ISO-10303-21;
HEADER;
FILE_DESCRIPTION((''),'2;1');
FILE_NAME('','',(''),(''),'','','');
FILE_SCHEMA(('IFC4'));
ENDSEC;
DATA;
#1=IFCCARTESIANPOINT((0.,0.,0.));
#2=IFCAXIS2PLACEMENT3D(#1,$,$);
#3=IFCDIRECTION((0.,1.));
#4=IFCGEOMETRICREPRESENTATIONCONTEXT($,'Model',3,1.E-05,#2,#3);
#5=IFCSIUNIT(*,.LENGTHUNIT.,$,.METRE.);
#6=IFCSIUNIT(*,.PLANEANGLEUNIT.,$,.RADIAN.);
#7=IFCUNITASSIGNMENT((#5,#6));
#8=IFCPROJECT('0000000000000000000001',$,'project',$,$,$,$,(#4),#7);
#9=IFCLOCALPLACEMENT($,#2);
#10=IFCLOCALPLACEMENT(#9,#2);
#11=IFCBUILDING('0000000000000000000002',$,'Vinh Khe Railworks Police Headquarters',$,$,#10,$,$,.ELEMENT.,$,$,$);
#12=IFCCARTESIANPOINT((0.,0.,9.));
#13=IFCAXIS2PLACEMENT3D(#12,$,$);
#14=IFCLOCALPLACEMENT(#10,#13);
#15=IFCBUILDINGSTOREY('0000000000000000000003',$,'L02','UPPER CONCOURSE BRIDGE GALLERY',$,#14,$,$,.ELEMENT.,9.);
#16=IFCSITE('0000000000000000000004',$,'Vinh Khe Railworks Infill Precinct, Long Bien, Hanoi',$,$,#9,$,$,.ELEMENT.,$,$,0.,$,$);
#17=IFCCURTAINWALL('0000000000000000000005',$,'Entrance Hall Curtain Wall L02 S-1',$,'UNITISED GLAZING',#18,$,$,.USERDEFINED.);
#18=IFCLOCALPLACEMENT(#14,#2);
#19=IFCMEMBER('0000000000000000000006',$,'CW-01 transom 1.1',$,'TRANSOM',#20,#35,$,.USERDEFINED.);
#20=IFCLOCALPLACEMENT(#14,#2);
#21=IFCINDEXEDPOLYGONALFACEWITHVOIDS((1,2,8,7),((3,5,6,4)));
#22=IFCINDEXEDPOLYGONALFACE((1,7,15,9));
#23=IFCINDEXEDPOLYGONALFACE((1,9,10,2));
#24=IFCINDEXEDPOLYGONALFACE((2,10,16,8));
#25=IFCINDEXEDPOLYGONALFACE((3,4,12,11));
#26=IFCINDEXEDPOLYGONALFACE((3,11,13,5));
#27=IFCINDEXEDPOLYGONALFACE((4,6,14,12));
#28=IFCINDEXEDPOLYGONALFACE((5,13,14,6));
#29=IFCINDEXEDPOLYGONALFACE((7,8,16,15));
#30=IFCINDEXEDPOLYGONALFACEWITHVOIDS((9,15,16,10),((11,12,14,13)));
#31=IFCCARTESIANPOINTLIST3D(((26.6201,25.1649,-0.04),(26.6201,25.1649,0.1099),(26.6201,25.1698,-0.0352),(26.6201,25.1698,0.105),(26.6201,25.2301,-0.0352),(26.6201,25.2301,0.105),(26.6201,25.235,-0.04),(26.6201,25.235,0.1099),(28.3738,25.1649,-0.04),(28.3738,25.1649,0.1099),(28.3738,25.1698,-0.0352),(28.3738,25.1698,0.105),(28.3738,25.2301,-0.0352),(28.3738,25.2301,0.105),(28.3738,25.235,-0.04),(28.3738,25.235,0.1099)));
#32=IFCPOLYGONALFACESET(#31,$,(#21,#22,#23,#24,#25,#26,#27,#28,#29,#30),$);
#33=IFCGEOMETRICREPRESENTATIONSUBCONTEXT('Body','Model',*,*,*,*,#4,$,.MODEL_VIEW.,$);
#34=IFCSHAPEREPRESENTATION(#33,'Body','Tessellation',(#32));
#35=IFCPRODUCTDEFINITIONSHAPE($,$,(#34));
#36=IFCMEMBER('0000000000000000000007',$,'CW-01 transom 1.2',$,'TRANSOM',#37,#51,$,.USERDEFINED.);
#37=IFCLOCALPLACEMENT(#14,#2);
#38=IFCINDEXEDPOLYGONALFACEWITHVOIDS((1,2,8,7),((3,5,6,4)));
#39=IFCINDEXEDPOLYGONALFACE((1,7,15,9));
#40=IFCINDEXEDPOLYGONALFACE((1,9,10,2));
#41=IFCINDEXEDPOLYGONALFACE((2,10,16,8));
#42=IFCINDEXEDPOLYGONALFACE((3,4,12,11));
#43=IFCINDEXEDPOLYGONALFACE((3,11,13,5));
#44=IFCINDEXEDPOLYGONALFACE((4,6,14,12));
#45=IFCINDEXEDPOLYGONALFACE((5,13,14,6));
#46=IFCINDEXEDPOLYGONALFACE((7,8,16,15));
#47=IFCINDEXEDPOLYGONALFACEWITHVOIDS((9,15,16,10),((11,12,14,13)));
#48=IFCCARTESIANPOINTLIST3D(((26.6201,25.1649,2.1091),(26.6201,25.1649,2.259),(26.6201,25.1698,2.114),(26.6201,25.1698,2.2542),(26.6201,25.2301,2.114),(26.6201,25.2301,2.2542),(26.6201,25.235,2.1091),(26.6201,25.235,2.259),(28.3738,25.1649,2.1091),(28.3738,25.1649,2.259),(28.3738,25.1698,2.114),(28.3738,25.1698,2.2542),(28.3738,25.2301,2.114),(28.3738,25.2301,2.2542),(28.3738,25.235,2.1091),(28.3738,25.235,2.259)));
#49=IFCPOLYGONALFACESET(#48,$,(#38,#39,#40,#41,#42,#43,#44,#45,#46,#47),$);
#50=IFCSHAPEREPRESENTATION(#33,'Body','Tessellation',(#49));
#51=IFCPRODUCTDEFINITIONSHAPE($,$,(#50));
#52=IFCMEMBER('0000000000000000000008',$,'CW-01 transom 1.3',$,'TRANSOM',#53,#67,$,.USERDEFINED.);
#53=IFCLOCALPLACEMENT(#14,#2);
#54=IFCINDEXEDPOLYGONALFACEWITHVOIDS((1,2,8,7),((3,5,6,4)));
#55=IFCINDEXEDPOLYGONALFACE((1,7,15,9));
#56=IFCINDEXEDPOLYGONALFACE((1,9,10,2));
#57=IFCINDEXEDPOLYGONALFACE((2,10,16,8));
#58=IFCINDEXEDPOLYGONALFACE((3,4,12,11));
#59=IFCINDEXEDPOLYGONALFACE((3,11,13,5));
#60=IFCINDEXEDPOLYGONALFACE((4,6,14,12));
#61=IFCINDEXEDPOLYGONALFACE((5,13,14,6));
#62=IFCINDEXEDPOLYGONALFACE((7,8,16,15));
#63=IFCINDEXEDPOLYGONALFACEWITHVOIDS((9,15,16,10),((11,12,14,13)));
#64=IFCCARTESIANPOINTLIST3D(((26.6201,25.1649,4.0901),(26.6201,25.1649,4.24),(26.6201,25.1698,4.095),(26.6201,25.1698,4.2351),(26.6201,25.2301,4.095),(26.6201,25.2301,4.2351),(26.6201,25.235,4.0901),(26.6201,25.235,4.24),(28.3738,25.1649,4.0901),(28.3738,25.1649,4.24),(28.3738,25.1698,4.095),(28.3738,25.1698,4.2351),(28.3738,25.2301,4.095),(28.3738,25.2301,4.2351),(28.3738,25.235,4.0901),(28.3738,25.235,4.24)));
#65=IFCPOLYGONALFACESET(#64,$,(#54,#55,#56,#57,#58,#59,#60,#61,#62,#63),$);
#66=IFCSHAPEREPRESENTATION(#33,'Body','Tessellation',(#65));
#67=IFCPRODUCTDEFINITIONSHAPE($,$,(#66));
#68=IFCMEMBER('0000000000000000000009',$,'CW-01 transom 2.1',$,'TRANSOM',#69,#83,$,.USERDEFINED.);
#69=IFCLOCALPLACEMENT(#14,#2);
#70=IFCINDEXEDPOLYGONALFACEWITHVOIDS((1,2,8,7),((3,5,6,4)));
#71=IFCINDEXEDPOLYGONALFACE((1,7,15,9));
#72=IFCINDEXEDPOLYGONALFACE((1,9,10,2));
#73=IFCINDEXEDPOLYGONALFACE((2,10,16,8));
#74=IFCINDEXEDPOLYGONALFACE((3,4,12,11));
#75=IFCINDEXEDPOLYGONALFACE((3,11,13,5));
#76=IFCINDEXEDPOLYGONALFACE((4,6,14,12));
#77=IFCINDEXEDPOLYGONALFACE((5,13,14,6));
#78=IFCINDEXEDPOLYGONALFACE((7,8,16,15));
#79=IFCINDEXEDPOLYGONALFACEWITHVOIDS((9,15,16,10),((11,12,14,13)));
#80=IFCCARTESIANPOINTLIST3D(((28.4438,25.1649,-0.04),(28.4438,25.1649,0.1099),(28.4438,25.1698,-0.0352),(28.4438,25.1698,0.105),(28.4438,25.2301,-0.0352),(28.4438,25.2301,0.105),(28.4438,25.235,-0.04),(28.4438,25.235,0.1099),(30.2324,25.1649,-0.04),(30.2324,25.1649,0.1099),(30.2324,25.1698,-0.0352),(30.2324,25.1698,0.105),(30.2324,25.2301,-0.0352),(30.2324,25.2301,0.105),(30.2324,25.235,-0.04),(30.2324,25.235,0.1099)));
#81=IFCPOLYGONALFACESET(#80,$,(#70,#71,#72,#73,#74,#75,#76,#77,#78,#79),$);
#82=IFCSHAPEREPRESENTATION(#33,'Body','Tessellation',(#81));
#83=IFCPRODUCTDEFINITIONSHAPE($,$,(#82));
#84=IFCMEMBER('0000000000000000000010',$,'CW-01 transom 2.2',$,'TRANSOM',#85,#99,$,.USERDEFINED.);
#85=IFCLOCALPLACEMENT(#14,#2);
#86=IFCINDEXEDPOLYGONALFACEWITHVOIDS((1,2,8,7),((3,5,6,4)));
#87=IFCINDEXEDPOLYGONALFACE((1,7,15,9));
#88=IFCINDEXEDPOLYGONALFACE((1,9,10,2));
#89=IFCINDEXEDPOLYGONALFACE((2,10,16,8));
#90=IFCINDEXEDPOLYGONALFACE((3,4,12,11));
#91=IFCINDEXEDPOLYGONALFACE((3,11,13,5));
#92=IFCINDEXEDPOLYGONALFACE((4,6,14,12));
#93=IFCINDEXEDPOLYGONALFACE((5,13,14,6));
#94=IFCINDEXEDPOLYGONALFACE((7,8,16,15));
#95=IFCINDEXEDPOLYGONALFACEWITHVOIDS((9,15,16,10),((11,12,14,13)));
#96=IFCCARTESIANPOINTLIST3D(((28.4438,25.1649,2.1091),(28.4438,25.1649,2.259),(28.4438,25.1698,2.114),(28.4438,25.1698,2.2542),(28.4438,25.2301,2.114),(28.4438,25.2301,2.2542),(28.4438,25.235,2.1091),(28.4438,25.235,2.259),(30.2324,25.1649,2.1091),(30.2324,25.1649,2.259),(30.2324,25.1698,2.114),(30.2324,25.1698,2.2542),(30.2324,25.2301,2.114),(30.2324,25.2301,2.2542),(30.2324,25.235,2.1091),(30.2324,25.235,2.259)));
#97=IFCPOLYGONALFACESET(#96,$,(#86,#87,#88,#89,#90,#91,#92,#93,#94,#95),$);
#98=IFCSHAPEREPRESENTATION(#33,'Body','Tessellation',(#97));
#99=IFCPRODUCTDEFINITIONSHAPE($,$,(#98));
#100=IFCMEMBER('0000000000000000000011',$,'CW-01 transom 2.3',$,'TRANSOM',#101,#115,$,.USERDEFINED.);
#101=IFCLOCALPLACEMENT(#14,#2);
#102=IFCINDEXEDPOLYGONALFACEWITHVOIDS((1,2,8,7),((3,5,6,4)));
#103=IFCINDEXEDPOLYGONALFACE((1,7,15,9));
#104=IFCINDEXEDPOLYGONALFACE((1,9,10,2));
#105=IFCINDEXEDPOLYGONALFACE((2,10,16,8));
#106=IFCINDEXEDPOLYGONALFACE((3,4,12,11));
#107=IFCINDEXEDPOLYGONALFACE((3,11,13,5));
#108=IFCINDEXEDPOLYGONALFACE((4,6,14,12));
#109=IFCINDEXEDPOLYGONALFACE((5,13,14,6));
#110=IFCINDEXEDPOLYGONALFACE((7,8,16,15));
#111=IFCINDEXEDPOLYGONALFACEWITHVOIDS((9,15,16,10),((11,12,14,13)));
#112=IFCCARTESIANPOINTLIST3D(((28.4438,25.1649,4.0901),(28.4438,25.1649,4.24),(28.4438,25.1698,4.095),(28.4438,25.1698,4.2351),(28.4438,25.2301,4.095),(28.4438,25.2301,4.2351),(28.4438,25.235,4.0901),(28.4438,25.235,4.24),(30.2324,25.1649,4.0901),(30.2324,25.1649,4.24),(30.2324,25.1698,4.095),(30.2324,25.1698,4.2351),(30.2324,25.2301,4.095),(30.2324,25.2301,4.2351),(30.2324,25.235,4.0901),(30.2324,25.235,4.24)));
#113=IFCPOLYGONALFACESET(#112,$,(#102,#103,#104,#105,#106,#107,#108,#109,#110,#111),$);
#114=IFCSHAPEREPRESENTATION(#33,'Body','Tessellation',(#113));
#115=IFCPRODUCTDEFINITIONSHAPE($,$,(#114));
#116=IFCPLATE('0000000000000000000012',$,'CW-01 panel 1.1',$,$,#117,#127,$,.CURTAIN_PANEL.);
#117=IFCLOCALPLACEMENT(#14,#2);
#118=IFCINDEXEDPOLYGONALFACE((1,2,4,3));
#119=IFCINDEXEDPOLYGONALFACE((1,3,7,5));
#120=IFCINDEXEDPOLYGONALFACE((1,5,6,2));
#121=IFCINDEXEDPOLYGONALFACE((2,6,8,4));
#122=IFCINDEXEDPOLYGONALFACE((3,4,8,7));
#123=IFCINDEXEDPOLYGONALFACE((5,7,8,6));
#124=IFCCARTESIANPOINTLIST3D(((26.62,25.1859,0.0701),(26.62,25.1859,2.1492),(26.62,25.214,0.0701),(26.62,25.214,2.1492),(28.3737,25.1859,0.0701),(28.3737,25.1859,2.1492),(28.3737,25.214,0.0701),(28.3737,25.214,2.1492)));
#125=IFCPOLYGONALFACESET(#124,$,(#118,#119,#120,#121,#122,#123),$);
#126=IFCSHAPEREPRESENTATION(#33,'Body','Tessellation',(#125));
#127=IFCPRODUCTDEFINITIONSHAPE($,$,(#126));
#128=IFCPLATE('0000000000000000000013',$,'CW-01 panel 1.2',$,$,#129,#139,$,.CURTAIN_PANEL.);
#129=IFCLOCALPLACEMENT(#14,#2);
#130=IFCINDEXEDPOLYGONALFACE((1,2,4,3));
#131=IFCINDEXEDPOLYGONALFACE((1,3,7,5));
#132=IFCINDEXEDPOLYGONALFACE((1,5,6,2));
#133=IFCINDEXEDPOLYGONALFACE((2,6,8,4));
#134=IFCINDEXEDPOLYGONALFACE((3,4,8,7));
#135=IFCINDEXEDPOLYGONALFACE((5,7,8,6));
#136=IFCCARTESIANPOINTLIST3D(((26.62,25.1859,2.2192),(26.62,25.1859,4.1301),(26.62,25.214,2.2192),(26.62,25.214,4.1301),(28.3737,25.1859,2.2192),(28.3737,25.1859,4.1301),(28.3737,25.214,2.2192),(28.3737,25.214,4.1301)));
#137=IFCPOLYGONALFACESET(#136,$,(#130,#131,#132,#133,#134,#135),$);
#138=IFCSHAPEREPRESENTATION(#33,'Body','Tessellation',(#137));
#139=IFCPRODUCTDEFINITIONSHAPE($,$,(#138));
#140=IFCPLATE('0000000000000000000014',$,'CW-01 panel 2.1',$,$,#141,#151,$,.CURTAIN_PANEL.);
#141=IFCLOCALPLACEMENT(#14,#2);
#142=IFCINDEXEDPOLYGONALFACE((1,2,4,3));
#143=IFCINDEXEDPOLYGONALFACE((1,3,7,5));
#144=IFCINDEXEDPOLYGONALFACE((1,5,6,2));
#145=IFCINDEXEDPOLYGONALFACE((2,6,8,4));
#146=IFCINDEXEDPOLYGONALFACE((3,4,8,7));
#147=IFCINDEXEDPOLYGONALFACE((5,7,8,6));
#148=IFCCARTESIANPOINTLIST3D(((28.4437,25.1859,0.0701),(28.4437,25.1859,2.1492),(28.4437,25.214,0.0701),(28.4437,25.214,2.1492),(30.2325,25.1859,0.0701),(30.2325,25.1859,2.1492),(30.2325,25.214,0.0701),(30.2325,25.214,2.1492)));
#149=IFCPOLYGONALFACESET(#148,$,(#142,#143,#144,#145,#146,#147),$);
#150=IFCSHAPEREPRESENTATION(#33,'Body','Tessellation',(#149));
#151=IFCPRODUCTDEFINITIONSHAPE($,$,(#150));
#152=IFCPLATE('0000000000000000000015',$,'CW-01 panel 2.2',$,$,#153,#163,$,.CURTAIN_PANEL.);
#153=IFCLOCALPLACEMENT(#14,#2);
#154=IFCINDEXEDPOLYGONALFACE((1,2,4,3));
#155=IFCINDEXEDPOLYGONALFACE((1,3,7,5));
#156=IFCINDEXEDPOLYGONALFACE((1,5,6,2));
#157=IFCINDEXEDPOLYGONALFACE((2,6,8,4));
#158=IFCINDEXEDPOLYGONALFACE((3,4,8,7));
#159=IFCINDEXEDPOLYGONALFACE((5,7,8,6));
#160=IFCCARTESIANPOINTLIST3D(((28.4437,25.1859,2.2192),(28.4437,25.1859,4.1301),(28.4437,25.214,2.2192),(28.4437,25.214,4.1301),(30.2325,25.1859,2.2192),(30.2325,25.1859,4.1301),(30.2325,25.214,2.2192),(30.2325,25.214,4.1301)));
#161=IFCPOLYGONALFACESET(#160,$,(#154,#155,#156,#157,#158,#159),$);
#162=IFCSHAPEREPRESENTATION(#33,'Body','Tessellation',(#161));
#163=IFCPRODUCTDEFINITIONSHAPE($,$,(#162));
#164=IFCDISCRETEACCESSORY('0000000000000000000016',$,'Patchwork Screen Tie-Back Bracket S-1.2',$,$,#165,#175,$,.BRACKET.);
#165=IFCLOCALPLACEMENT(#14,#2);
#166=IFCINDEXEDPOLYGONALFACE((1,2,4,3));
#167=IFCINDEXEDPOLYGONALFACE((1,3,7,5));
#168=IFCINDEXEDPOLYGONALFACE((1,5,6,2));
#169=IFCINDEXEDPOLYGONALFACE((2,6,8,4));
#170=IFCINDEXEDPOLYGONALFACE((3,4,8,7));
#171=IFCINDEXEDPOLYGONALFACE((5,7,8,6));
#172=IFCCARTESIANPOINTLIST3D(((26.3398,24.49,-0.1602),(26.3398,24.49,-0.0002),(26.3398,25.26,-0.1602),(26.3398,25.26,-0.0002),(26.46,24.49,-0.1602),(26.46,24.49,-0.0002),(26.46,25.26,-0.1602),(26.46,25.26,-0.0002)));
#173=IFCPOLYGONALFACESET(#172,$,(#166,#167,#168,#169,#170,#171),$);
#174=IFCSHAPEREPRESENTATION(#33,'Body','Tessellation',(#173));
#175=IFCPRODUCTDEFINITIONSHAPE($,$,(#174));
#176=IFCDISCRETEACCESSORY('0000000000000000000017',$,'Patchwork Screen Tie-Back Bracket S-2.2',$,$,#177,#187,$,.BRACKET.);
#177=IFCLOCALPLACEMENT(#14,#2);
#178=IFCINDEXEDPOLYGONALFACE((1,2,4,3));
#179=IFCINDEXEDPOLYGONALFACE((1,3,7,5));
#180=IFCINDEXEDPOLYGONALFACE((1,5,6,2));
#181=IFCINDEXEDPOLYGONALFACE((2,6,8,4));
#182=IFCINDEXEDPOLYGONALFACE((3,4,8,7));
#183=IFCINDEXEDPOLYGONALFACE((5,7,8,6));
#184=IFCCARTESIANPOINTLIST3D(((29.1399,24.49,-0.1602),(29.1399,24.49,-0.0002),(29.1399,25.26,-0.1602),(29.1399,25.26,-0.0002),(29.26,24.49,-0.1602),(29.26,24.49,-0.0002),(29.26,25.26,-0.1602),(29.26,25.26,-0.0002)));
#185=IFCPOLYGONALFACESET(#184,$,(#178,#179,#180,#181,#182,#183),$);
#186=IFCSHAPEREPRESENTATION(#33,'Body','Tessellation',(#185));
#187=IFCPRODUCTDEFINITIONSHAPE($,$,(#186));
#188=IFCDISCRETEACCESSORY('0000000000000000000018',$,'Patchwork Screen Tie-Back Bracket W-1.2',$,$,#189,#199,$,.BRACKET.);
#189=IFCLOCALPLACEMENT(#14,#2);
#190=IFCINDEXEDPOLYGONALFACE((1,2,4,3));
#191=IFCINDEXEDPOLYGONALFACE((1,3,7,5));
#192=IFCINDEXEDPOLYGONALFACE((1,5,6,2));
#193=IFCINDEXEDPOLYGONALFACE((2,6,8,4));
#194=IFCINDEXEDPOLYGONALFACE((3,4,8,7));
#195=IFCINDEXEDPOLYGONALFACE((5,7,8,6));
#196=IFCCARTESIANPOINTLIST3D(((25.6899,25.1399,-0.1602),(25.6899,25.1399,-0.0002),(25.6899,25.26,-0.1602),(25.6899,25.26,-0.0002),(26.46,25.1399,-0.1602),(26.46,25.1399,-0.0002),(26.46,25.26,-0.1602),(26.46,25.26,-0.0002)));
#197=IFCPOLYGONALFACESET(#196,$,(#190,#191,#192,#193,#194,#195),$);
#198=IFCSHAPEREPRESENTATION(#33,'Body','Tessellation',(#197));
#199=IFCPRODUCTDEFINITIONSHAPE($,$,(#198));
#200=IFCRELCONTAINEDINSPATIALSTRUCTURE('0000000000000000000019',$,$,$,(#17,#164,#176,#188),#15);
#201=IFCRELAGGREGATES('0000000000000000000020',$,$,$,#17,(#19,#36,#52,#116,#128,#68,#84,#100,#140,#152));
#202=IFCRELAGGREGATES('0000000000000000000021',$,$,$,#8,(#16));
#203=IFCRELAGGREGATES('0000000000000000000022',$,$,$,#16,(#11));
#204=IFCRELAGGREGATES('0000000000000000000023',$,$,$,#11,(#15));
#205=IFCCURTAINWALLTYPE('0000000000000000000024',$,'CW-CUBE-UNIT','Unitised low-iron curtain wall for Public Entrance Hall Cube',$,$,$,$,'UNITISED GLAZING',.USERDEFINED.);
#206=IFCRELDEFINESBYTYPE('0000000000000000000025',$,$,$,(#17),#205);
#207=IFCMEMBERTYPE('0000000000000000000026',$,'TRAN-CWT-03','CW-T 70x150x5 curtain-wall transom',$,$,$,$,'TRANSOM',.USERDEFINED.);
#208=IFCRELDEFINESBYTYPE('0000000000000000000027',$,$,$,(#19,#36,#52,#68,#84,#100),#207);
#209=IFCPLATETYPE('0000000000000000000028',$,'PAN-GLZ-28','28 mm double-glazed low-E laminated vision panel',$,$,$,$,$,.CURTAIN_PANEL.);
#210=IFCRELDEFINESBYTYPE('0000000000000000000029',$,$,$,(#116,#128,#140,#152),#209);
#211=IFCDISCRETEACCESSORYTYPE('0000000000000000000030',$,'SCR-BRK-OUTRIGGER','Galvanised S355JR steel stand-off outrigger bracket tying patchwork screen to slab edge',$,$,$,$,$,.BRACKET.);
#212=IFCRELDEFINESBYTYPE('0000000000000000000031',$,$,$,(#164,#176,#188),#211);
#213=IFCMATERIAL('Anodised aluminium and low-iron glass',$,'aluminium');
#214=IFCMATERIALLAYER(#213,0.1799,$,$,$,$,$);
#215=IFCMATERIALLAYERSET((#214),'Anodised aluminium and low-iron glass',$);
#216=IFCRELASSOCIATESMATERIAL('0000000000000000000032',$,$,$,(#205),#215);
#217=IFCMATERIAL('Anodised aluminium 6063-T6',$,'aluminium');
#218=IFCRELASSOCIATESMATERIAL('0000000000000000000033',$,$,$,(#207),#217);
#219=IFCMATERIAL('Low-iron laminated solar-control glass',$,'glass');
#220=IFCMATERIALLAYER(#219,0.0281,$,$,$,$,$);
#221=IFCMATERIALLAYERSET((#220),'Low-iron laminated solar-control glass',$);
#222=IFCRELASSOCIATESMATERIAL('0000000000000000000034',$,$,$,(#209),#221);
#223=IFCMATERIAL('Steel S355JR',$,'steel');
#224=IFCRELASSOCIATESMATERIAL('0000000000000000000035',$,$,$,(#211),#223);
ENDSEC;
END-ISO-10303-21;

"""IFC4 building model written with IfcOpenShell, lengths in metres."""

from ifc_helpers import new_model, si_unit, direction, frame, origin, origin_2d, place, context, subcontext, project, spatial, rectangle, hollow_rectangle, extrude, material, layer, layer_set, material_profile, profile_set, type_object, element, aggregate, save


model = new_model("IFC4")

# Units and contexts
model_context = context("Model", 3, precision=1e-05, world=origin(), true_north=direction((0.0, 1.0)))
body_context = subcontext(model_context, "Body", "Model", "MODEL_VIEW")
ifc_project = project(units=[si_unit("LENGTHUNIT", "METRE"), si_unit("PLANEANGLEUNIT", "RADIAN")], contexts=[model_context])

# Site, building, storey
site_placement = place(None, origin())
site = spatial("IfcSite", under=ifc_project, at=site_placement, Name="Vinh Khe Railworks Infill Precinct, Long Bien, Hanoi", CompositionType="ELEMENT", RefElevation=0.0)
building_placement = place(site_placement, origin())
building = spatial("IfcBuilding", under=site, at=building_placement, Name="Vinh Khe Railworks Police Headquarters", CompositionType="ELEMENT")
storey_placement = place(building_placement, frame((0.0, 0.0, 9.0)))
storey = spatial("IfcBuildingStorey", under=building, at=storey_placement, Name="L02", Description="UPPER CONCOURSE BRIDGE GALLERY", CompositionType="ELEMENT", Elevation=9.0)

# Shared definitions
ifc_material_1 = material(Name="Steel S355JR", Category="steel")

# Curtain wall
ifc_material_2 = material(Name="Anodised aluminium and low-iron glass", Category="aluminium")
ifc_layer_1 = layer(ifc_material_2, 0.1799)
ifc_layer_set_1 = layer_set([ifc_layer_1], Name="Anodised aluminium and low-iron glass")
curtain_wall_type = type_object("IfcCurtainWallType", Name="CW-CUBE-UNIT", Description="Unitised low-iron curtain wall for Public Entrance Hall Cube", ElementType="UNITISED GLAZING", PredefinedType="USERDEFINED", material=ifc_layer_set_1)
curtain_wall_placement = place(storey_placement, origin())
curtain_wall = element("IfcCurtainWall", 1, at=curtain_wall_placement, inside=storey, type_object=curtain_wall_type, Name="Entrance Hall Curtain Wall L02 S-1", ObjectType="UNITISED GLAZING", PredefinedType="USERDEFINED")
ifc_material_3 = material(Name="Anodised aluminium 6063-T6", Category="aluminium")

# Members
ifc_material_profile_1 = material_profile(ifc_material_3, hollow_rectangle(XDim=0.0701, YDim=0.1499, WallThickness=0.0049, at=origin_2d()), Name="CW-T 70x150x5")
ifc_profile_set_1 = profile_set([ifc_material_profile_1], Name="Anodised aluminium 6063-T6")
member_type_1 = type_object("IfcMemberType", Name="TRAN-CWT-03", Description="CW-T 70x150x5 curtain-wall transom", ElementType="TRANSOM", PredefinedType="USERDEFINED", material=ifc_profile_set_1)
member_1_placement = place(storey_placement, frame((26.6201, 25.2, 0.0349), z_axis=(1.0, 0.0, 0.0), x_axis=(0.0, 1.0, 0.0)))
member_1 = element("IfcMember", 2, at=member_1_placement, type_object=member_type_1, Name="CW-01 transom 1.1", ObjectType="TRANSOM", PredefinedType="USERDEFINED", context=body_context, shape_type="SweptSolid", body=[
    extrude(hollow_rectangle(XDim=0.0701, YDim=0.1499, WallThickness=0.0049, at=origin_2d()), origin(), (0.0, 0.0, 1.0), 1.7537),
])
member_2_placement = place(storey_placement, frame((26.6201, 25.2, 2.1841), z_axis=(1.0, 0.0, 0.0), x_axis=(0.0, 1.0, 0.0)))
member_2 = element("IfcMember", 3, at=member_2_placement, type_object=member_type_1, Name="CW-01 transom 1.2", ObjectType="TRANSOM", PredefinedType="USERDEFINED", context=body_context, shape_type="SweptSolid", body=[
    extrude(hollow_rectangle(XDim=0.0701, YDim=0.1499, WallThickness=0.0049, at=origin_2d()), origin(), (0.0, 0.0, 1.0), 1.7537),
])
member_3_placement = place(storey_placement, frame((26.6201, 25.2, 4.165), z_axis=(1.0, 0.0, 0.0), x_axis=(0.0, 1.0, 0.0)))
member_3 = element("IfcMember", 4, at=member_3_placement, type_object=member_type_1, Name="CW-01 transom 1.3", ObjectType="TRANSOM", PredefinedType="USERDEFINED", context=body_context, shape_type="SweptSolid", body=[
    extrude(hollow_rectangle(XDim=0.0701, YDim=0.1499, WallThickness=0.0049, at=origin_2d()), origin(), (0.0, 0.0, 1.0), 1.7537),
])
member_4_placement = place(storey_placement, frame((28.4438, 25.2, 0.0349), z_axis=(1.0, 0.0, 0.0), x_axis=(0.0, 1.0, 0.0)))
member_4 = element("IfcMember", 5, at=member_4_placement, type_object=member_type_1, Name="CW-01 transom 2.1", ObjectType="TRANSOM", PredefinedType="USERDEFINED", context=body_context, shape_type="SweptSolid", body=[
    extrude(hollow_rectangle(XDim=0.0701, YDim=0.1499, WallThickness=0.0049, at=origin_2d()), origin(), (0.0, 0.0, 1.0), 1.7886),
])
member_5_placement = place(storey_placement, frame((28.4438, 25.2, 2.1841), z_axis=(1.0, 0.0, 0.0), x_axis=(0.0, 1.0, 0.0)))
member_5 = element("IfcMember", 6, at=member_5_placement, type_object=member_type_1, Name="CW-01 transom 2.2", ObjectType="TRANSOM", PredefinedType="USERDEFINED", context=body_context, shape_type="SweptSolid", body=[
    extrude(hollow_rectangle(XDim=0.0701, YDim=0.1499, WallThickness=0.0049, at=origin_2d()), origin(), (0.0, 0.0, 1.0), 1.7886),
])
member_6_placement = place(storey_placement, frame((28.4438, 25.2, 4.165), z_axis=(1.0, 0.0, 0.0), x_axis=(0.0, 1.0, 0.0)))
member_6 = element("IfcMember", 7, at=member_6_placement, type_object=member_type_1, Name="CW-01 transom 2.3", ObjectType="TRANSOM", PredefinedType="USERDEFINED", context=body_context, shape_type="SweptSolid", body=[
    extrude(hollow_rectangle(XDim=0.0701, YDim=0.1499, WallThickness=0.0049, at=origin_2d()), origin(), (0.0, 0.0, 1.0), 1.7886),
])

# Plates
ifc_material_4 = material(Name="Low-iron laminated solar-control glass", Category="glass")
ifc_layer_2 = layer(ifc_material_4, 0.0281)
ifc_layer_set_2 = layer_set([ifc_layer_2], Name="Low-iron laminated solar-control glass")
plate_type = type_object("IfcPlateType", Name="PAN-GLZ-28", Description="28 mm double-glazed low-E laminated vision panel", PredefinedType="CURTAIN_PANEL", material=ifc_layer_set_2)
plate_1_placement = place(storey_placement, frame((27.4968, 25.2, 0.0701), z_axis=(0.0, 0.0, 1.0), x_axis=(1.0, 0.0, 0.0)))
plate_1 = element("IfcPlate", 8, at=plate_1_placement, type_object=plate_type, Name="CW-01 panel 1.1", PredefinedType="CURTAIN_PANEL", context=body_context, shape_type="SweptSolid", body=[
    extrude(rectangle(XDim=1.7537, YDim=0.0281, at=origin_2d()), origin(), (0.0, 0.0, 1.0), 2.0791),
])
plate_2_placement = place(storey_placement, frame((27.4968, 25.2, 2.2192), z_axis=(0.0, 0.0, 1.0), x_axis=(1.0, 0.0, 0.0)))
plate_2 = element("IfcPlate", 9, at=plate_2_placement, type_object=plate_type, Name="CW-01 panel 1.2", PredefinedType="CURTAIN_PANEL", context=body_context, shape_type="SweptSolid", body=[
    extrude(rectangle(XDim=1.7537, YDim=0.0281, at=origin_2d()), origin(), (0.0, 0.0, 1.0), 1.9109),
])
plate_3_placement = place(storey_placement, frame((29.3381, 25.2, 0.0701), z_axis=(0.0, 0.0, 1.0), x_axis=(1.0, 0.0, 0.0)))
plate_3 = element("IfcPlate", 10, at=plate_3_placement, type_object=plate_type, Name="CW-01 panel 2.1", PredefinedType="CURTAIN_PANEL", context=body_context, shape_type="SweptSolid", body=[
    extrude(rectangle(XDim=1.7888, YDim=0.0281, at=origin_2d()), origin(), (0.0, 0.0, 1.0), 2.0791),
])
plate_4_placement = place(storey_placement, frame((29.3381, 25.2, 2.2192), z_axis=(0.0, 0.0, 1.0), x_axis=(1.0, 0.0, 0.0)))
plate_4 = element("IfcPlate", 11, at=plate_4_placement, type_object=plate_type, Name="CW-01 panel 2.2", PredefinedType="CURTAIN_PANEL", context=body_context, shape_type="SweptSolid", body=[
    extrude(rectangle(XDim=1.7888, YDim=0.0281, at=origin_2d()), origin(), (0.0, 0.0, 1.0), 1.9109),
])
aggregate(curtain_wall, [member_1, member_2, member_3, plate_1, plate_2, member_4, member_5, member_6, plate_3, plate_4])

# Discrete accessories
discrete_accessory_type_1 = type_object("IfcDiscreteAccessoryType", Name="SCR-BRK-OUTRIGGER", Description="Galvanised S355JR steel stand-off outrigger bracket tying patchwork screen to slab edge", PredefinedType="BRACKET", material=ifc_material_1)
for number, where, z_axis, x_axis, name in (
    (12, (26.3999, 24.875, -0.1602), (0.0, 0.0, 1.0), (1.0, 0.0, 0.0), "Patchwork Screen Tie-Back Bracket S-1.2"),
    (13, (29.2, 24.875, -0.1602), (0.0, 0.0, 1.0), (1.0, 0.0, 0.0), "Patchwork Screen Tie-Back Bracket S-2.2"),
):
    element("IfcDiscreteAccessory", number, at=place(storey_placement, frame(where, z_axis=z_axis, x_axis=x_axis)), inside=storey, type_object=discrete_accessory_type_1, Name=name, PredefinedType="BRACKET", context=body_context, shape_type="SweptSolid", body=[
        extrude(rectangle(XDim=0.1201, YDim=0.77, at=origin_2d()), origin(), (0.0, 0.0, 1.0), 0.1599),
    ])
discrete_accessory_1_placement = place(storey_placement, frame((26.075, 25.2, -0.1602), z_axis=(0.0, 0.0, 1.0), x_axis=(1.0, 0.0, 0.0)))
element("IfcDiscreteAccessory", 14, at=discrete_accessory_1_placement, inside=storey, type_object=discrete_accessory_type_1, Name="Patchwork Screen Tie-Back Bracket W-1.2", PredefinedType="BRACKET", context=body_context, shape_type="SweptSolid", body=[
    extrude(rectangle(XDim=0.77, YDim=0.1201, at=origin_2d()), origin(), (0.0, 0.0, 1.0), 0.1599),
])

save(model, "model.ifc")
